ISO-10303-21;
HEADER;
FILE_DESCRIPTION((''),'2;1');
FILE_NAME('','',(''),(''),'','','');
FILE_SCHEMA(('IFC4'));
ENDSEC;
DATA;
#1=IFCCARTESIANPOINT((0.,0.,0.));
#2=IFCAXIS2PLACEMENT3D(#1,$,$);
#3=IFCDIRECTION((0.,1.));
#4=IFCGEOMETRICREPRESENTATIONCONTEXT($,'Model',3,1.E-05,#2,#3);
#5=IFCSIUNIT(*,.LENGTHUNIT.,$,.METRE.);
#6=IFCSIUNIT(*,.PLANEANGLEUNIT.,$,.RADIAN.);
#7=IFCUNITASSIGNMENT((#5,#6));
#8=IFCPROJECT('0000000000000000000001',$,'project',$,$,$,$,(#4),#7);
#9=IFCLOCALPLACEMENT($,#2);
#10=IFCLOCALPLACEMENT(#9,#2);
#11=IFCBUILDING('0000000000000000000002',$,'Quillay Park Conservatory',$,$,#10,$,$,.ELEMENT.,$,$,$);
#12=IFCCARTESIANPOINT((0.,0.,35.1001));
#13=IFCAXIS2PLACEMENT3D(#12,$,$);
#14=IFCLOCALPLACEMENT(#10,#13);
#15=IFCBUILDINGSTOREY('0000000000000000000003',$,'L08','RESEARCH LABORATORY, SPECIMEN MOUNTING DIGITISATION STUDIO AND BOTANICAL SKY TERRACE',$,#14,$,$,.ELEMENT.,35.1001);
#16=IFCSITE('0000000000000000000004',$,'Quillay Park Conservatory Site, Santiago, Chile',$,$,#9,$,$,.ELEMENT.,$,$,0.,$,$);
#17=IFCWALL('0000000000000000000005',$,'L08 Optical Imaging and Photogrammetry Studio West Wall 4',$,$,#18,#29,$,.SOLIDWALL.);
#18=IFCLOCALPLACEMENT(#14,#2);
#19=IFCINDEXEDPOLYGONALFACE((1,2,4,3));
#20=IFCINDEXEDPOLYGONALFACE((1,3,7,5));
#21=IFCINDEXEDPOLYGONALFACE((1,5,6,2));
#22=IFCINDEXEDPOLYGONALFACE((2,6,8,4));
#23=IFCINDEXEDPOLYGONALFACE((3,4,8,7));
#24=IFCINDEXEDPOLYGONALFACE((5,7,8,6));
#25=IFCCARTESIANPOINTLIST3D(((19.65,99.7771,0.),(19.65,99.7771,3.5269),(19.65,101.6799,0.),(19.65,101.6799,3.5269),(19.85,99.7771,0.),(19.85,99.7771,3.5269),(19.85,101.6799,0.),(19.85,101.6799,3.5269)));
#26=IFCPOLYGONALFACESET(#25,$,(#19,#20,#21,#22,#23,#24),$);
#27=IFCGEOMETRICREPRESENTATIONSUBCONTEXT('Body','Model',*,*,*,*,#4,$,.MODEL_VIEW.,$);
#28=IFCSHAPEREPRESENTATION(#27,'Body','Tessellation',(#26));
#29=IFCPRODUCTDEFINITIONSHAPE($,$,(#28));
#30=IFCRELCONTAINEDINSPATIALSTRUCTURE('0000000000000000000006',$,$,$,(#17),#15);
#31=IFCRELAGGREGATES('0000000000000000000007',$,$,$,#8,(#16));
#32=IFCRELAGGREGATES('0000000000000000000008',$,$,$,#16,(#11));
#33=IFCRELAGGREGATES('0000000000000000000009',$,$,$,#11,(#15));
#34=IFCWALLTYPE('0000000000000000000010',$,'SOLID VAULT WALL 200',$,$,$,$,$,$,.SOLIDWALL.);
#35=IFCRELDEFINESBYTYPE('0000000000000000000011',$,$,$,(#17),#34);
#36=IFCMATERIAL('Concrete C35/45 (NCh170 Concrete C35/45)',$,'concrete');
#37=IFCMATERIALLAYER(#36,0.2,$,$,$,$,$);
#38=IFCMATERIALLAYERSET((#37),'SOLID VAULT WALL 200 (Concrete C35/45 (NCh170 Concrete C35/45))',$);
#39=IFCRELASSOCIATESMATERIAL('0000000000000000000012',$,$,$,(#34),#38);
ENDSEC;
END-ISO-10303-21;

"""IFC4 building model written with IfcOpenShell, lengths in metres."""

from ifc_helpers import new_model, si_unit, direction, frame, frame_2d, origin, place, context, subcontext, project, spatial, rectangle, extrude, material, layer, layer_set, type_object, element, save


model = new_model("IFC4")

# Units and contexts
model_context = context("Model", 3, precision=1e-05, world=origin(), true_north=direction((0.0, 1.0)))
body_context = subcontext(model_context, "Body", "Model", "MODEL_VIEW")
ifc_project = project(units=[si_unit("LENGTHUNIT", "METRE"), si_unit("PLANEANGLEUNIT", "RADIAN")], contexts=[model_context])

# Site, building, storey
site_placement = place(None, origin())
site = spatial("IfcSite", under=ifc_project, at=site_placement, Name="Quillay Park Conservatory Site, Santiago, Chile", CompositionType="ELEMENT", RefElevation=0.0)
building_placement = place(site_placement, origin())
building = spatial("IfcBuilding", under=site, at=building_placement, Name="Quillay Park Conservatory", CompositionType="ELEMENT")
storey_placement = place(building_placement, frame((0.0, 0.0, 35.1001)))
storey = spatial("IfcBuildingStorey", under=building, at=storey_placement, Name="L08", Description="RESEARCH LABORATORY, SPECIMEN MOUNTING DIGITISATION STUDIO AND BOTANICAL SKY TERRACE", CompositionType="ELEMENT", Elevation=35.1001)

# Wall
ifc_material_1 = material(Name="Concrete C35/45 (NCh170 Concrete C35/45)", Category="concrete")
ifc_layer_1 = layer(ifc_material_1, 0.2)
ifc_layer_set_1 = layer_set([ifc_layer_1], Name="SOLID VAULT WALL 200 (Concrete C35/45 (NCh170 Concrete C35/45))")
wall_type_1 = type_object("IfcWallType", Name="SOLID VAULT WALL 200", PredefinedType="SOLIDWALL", material=ifc_layer_set_1)
wall_1_placement = place(storey_placement, frame((19.75, 99.7771, 0.0), z_axis=(0.0, 0.0, 1.0), x_axis=(0.0, 1.0, 0.0)))
element("IfcWall", 1, at=wall_1_placement, inside=storey, type_object=wall_type_1, Name="L08 Optical Imaging and Photogrammetry Studio West Wall 4", PredefinedType="SOLIDWALL", context=body_context, shape_type="SweptSolid", body=[
    extrude(rectangle(XDim=1.9028, YDim=0.2, at=frame_2d((0.9514, 0.0))), origin(), (0.0, 0.0, 1.0), 3.5269),
])

save(model, "model.ifc")
